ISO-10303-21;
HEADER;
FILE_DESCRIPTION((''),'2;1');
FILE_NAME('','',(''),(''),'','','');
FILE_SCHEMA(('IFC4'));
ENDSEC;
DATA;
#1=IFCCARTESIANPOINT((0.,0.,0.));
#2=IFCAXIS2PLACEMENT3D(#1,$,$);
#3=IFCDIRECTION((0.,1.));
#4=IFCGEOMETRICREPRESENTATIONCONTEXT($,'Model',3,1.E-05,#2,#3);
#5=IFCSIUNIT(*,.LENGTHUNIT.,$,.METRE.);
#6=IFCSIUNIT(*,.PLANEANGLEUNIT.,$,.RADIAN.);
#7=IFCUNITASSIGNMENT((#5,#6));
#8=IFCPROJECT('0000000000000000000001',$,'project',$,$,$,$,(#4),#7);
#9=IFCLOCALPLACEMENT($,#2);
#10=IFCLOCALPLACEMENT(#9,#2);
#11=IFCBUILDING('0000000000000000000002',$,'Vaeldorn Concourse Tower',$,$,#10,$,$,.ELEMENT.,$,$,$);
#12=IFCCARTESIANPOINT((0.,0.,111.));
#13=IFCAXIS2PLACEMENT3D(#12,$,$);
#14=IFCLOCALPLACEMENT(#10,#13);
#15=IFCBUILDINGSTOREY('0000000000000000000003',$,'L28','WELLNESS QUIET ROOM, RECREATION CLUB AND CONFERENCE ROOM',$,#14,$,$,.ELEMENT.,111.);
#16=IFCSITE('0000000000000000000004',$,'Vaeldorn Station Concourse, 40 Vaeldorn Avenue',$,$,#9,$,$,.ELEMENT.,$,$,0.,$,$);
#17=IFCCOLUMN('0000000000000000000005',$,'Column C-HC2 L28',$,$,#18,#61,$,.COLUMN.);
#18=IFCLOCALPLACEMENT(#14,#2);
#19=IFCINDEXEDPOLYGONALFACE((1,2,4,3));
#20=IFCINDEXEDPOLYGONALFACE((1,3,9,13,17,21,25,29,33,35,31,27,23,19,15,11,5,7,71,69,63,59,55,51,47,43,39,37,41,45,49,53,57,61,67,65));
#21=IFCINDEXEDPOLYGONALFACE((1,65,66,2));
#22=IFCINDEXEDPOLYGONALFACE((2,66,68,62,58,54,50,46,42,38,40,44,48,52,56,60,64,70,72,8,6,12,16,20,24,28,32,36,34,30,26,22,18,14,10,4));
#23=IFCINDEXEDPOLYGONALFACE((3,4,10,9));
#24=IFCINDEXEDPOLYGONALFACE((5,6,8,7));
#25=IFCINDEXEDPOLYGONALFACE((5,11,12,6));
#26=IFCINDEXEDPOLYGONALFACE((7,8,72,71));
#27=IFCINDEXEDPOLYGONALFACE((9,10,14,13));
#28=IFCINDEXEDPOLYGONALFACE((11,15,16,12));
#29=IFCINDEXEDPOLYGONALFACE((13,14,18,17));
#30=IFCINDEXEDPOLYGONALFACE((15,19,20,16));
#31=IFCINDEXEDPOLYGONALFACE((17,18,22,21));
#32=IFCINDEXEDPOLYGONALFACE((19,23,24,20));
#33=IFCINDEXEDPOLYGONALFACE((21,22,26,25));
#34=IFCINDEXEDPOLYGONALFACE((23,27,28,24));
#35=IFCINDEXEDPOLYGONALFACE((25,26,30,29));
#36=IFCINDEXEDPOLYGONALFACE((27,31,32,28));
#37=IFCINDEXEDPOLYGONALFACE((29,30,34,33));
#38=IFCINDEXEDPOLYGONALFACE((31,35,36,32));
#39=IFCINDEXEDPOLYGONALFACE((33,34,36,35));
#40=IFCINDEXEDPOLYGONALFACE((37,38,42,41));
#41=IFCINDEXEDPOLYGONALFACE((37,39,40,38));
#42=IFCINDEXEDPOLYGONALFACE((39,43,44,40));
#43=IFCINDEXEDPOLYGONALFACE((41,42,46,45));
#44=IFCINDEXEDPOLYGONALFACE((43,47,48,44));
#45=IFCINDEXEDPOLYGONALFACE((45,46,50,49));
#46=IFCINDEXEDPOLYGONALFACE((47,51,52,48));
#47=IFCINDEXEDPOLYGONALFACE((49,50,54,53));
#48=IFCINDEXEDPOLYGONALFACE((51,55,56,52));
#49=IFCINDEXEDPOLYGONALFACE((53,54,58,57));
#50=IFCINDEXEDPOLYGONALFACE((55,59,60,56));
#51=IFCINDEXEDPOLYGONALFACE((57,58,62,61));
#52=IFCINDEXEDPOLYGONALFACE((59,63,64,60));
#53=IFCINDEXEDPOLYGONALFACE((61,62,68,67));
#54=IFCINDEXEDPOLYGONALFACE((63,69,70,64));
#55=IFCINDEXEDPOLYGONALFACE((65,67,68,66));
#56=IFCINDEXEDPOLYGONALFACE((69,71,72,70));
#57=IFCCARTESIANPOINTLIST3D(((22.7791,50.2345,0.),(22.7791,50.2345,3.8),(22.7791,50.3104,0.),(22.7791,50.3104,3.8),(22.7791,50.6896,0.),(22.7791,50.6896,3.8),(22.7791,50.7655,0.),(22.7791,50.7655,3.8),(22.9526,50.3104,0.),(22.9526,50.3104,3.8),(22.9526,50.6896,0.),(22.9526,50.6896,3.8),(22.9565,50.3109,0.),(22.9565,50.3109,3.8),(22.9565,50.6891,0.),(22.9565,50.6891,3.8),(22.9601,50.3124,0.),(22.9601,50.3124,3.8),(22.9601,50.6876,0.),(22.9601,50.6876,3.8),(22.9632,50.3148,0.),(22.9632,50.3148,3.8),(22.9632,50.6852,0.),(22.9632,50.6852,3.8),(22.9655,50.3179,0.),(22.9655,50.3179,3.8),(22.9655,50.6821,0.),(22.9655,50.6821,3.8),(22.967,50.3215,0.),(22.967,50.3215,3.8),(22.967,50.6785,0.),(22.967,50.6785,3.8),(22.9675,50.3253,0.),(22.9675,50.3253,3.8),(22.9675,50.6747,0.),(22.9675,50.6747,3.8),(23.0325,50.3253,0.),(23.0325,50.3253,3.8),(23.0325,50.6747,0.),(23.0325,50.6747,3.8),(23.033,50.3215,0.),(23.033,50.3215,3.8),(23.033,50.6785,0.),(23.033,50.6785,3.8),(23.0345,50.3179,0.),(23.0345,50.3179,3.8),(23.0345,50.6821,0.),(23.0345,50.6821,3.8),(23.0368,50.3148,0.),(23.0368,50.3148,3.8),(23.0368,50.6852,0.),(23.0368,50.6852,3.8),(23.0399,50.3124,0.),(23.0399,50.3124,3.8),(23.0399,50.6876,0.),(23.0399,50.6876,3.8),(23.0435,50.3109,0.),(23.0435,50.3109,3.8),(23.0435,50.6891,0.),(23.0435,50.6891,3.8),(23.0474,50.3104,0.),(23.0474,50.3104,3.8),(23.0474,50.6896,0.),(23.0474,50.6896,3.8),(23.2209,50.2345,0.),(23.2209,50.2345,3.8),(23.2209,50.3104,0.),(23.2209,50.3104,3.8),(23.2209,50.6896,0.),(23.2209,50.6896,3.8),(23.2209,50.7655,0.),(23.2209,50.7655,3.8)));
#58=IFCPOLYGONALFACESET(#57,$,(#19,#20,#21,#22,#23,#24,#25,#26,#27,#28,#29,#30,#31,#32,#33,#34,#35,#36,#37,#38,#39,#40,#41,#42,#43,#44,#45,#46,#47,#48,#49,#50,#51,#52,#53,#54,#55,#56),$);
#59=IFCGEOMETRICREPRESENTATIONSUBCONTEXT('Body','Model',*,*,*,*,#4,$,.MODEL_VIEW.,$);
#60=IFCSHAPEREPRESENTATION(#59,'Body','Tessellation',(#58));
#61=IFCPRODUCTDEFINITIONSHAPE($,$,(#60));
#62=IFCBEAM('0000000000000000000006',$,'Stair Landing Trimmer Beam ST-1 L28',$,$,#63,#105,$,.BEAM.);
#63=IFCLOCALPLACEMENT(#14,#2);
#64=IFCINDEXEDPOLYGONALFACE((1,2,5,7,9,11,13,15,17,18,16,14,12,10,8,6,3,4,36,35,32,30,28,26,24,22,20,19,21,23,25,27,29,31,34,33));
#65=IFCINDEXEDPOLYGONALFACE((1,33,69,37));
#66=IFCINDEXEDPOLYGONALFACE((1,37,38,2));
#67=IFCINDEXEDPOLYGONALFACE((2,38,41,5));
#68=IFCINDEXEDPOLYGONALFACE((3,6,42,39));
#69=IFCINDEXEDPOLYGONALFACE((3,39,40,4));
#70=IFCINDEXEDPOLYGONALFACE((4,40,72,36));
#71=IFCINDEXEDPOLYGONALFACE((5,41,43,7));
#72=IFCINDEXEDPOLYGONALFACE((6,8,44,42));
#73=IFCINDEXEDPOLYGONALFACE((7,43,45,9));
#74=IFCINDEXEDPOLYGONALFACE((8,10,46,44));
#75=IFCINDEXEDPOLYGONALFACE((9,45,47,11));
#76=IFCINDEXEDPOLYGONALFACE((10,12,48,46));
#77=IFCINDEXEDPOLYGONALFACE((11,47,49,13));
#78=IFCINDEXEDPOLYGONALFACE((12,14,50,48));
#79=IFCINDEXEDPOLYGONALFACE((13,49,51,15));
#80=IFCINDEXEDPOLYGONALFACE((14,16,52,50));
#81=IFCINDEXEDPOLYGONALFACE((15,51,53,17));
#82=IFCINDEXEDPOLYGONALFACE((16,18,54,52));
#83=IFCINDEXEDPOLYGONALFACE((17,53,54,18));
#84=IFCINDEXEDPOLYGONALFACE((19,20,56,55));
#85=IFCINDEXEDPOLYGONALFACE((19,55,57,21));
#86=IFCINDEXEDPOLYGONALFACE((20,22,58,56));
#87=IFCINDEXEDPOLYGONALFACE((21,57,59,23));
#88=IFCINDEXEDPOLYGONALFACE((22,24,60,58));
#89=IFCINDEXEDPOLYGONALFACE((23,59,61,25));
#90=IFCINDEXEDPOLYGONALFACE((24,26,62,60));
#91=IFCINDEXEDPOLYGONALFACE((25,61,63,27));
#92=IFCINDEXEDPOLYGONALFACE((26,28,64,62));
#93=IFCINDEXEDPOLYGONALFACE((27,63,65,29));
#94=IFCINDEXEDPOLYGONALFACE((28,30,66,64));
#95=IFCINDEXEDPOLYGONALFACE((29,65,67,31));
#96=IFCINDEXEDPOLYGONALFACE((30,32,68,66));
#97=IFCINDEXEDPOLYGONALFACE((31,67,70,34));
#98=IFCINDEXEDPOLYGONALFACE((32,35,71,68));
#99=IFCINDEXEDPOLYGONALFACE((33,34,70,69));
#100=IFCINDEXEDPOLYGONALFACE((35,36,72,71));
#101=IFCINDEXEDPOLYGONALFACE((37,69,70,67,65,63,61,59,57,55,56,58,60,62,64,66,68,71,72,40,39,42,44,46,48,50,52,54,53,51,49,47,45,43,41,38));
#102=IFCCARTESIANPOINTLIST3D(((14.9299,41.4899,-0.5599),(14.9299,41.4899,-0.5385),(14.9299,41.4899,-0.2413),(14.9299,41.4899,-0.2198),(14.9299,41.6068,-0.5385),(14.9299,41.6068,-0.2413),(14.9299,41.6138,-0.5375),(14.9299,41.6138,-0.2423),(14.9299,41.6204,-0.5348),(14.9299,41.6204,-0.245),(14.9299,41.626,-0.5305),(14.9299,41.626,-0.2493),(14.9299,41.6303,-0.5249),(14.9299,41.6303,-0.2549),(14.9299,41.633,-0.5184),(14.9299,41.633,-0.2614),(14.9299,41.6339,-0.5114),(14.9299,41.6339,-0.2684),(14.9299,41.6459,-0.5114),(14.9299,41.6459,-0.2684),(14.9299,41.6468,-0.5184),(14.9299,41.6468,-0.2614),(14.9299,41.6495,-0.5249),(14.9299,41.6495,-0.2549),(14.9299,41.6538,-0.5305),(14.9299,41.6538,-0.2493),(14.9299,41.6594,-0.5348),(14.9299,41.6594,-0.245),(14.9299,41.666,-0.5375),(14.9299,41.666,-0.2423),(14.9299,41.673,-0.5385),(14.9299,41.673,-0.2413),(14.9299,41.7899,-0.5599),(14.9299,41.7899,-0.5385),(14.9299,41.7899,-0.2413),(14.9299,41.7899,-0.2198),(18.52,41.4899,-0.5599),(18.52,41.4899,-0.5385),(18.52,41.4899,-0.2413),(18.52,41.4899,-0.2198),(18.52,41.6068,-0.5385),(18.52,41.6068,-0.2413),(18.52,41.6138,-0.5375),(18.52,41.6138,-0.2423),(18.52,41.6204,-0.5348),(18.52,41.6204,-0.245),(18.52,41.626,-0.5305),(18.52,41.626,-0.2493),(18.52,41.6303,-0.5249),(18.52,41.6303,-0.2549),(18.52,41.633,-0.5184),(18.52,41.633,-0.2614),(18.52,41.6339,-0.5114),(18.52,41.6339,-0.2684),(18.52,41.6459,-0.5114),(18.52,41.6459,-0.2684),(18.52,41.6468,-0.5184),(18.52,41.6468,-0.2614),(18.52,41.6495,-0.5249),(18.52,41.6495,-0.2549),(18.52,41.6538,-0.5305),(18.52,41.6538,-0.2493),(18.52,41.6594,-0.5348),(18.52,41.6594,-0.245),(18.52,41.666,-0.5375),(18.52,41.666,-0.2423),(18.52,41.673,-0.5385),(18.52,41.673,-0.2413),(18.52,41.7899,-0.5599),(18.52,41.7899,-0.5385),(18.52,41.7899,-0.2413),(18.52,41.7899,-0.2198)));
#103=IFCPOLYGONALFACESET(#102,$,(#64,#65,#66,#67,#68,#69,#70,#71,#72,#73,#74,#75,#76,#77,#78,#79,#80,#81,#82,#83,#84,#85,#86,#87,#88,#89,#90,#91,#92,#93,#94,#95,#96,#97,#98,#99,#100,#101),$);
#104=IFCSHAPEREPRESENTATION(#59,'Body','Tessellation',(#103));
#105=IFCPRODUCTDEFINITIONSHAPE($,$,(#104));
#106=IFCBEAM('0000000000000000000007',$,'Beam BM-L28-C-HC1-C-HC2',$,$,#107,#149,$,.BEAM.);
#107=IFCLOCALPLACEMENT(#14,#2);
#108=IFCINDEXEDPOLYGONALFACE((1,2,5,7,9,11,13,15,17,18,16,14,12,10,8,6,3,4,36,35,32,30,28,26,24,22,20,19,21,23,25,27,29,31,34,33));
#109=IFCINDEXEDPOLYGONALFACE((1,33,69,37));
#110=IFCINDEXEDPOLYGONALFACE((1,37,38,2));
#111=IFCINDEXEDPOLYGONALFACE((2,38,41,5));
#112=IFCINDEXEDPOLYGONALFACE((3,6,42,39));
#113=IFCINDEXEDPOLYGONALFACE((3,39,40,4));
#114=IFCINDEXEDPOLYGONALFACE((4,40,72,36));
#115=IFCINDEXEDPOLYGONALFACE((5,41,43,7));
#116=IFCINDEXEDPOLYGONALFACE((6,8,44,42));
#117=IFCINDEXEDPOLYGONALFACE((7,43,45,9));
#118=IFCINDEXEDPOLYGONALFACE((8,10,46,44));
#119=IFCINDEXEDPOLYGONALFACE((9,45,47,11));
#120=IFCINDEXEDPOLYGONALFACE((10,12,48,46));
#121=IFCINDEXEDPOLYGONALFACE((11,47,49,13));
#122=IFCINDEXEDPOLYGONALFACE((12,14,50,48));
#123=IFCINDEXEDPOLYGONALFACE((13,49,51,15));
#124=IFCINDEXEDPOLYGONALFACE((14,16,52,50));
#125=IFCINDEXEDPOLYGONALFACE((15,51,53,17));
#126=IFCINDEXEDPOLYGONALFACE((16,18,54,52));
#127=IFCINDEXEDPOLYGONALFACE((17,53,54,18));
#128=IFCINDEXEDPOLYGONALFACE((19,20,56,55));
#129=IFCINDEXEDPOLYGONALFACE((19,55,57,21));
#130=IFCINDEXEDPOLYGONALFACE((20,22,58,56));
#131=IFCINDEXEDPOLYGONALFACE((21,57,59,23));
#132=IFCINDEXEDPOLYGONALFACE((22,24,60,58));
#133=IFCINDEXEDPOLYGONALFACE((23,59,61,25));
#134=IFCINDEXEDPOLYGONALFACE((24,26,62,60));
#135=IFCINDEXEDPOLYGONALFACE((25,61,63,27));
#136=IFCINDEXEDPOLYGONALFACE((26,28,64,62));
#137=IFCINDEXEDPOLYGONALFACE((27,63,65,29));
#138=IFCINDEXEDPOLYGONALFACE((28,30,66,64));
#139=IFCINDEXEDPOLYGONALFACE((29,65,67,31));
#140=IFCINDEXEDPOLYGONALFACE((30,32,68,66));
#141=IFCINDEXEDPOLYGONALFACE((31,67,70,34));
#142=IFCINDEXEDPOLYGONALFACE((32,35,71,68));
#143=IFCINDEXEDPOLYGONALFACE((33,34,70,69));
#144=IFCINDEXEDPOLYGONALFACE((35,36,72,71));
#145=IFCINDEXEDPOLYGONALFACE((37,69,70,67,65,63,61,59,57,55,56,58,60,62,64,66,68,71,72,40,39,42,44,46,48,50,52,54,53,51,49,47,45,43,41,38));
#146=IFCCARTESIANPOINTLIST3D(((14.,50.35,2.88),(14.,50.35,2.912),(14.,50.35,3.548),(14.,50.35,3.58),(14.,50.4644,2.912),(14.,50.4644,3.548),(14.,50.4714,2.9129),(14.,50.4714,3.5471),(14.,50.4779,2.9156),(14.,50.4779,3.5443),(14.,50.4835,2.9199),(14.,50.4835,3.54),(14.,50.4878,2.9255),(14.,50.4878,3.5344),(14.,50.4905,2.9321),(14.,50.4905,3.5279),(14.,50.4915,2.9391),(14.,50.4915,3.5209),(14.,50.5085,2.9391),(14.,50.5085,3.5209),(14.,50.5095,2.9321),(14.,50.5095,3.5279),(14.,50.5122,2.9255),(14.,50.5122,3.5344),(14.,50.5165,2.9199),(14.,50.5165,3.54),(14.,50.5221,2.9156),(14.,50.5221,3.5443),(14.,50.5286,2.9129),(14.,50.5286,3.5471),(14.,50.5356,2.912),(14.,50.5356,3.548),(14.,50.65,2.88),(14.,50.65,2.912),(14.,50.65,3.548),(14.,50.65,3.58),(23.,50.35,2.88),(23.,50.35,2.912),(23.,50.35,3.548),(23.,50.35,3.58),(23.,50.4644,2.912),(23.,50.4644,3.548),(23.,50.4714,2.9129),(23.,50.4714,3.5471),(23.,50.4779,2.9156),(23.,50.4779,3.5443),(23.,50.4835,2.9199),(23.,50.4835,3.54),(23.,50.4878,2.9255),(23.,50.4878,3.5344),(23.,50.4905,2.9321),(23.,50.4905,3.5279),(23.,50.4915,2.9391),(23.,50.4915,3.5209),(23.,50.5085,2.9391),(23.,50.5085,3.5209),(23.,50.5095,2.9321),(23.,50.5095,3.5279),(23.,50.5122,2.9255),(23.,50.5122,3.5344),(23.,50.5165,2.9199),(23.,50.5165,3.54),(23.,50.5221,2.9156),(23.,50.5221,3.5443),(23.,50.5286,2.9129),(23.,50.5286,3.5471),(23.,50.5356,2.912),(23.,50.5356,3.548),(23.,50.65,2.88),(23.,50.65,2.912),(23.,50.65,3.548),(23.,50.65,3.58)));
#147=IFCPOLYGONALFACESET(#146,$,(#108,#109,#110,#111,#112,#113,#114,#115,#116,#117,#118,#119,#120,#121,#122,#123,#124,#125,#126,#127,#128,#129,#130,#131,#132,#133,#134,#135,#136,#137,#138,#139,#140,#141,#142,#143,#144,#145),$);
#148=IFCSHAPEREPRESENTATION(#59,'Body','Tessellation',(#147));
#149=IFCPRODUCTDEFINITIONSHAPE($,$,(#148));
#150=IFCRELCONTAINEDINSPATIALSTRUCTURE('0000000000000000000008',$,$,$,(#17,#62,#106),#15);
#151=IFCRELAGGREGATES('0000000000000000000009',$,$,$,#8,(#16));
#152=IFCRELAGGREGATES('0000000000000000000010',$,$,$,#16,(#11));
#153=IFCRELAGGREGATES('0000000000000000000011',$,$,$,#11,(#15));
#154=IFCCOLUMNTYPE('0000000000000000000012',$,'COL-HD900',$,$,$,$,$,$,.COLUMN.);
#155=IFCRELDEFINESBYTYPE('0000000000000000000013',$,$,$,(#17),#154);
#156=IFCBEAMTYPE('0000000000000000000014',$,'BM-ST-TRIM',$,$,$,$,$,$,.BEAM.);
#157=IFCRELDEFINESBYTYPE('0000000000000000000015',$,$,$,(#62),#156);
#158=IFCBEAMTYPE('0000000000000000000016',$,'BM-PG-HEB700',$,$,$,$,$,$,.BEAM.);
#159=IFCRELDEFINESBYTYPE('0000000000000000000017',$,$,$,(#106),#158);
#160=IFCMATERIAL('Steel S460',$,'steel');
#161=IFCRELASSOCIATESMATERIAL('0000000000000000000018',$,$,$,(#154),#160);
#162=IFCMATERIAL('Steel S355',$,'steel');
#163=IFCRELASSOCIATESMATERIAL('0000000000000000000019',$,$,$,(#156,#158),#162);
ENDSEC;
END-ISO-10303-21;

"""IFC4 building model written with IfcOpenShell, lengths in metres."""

from ifc_helpers import new_model, si_unit, direction, frame, origin, origin_2d, place, context, subcontext, project, spatial, i_section, extrude, source, transform, mapped, material, material_profile, profile_set, type_object, element, save


model = new_model("IFC4")

# Units and contexts
model_context = context("Model", 3, precision=1e-05, world=origin(), true_north=direction((0.0, 1.0)))
body_context = subcontext(model_context, "Body", "Model", "MODEL_VIEW")
ifc_project = project(units=[si_unit("LENGTHUNIT", "METRE"), si_unit("PLANEANGLEUNIT", "RADIAN")], contexts=[model_context])

# Site, building, storey
site_placement = place(None, origin())
site = spatial("IfcSite", under=ifc_project, at=site_placement, Name="Vaeldorn Station Concourse, 40 Vaeldorn Avenue", CompositionType="ELEMENT", RefElevation=0.0)
building_placement = place(site_placement, origin())
building = spatial("IfcBuilding", under=site, at=building_placement, Name="Vaeldorn Concourse Tower", CompositionType="ELEMENT")
storey_placement = place(building_placement, frame((0.0, 0.0, 111.0)))
storey = spatial("IfcBuildingStorey", under=building, at=storey_placement, Name="L28", Description="WELLNESS QUIET ROOM, RECREATION CLUB AND CONFERENCE ROOM", CompositionType="ELEMENT", Elevation=111.0)

# Column
ifc_material_1 = material(Name="Steel S460", Category="steel")
ifc_material_profile_1 = material_profile(ifc_material_1, i_section(OverallWidth=0.4419, OverallDepth=0.531, WebThickness=0.0649, FlangeThickness=0.0759, FilletRadius=0.0149, at=origin_2d()), Name="HD 400x900")
ifc_profile_set_1 = profile_set([ifc_material_profile_1], Name="Steel S460")
column_type = type_object("IfcColumnType", Name="COL-HD900", PredefinedType="COLUMN", material=ifc_profile_set_1)
shared_shape_1 = source(origin(), body_context, "Body", "SweptSolid", [
    extrude(i_section(OverallWidth=0.4419, OverallDepth=0.531, WebThickness=0.0649, FlangeThickness=0.0759, FilletRadius=0.0149, at=origin_2d()), origin(), (0.0, 0.0, 1.0), 3.8),
])
column_placement = place(storey_placement, frame((23.0, 50.5, 0.0), z_axis=(0.0, 0.0, 1.0), x_axis=(1.0, 0.0, 0.0)))
element("IfcColumn", 1, at=column_placement, inside=storey, type_object=column_type, Name="Column C-HC2 L28", PredefinedType="COLUMN", context=body_context, shape_type="MappedRepresentation", body=[
    mapped(shared_shape_1, transform((0.0, 0.0, 0.0), scale=1.0)),
])

# Beams
ifc_material_2 = material(Name="Steel S355", Category="steel")
ifc_material_profile_2 = material_profile(ifc_material_2, i_section(OverallWidth=0.3, OverallDepth=0.3401, WebThickness=0.012, FlangeThickness=0.0215, FilletRadius=0.0271, at=origin_2d()), Name="HEB 340")
ifc_profile_set_2 = profile_set([ifc_material_profile_2], Name="Steel S355")
beam_type_1 = type_object("IfcBeamType", Name="BM-ST-TRIM", PredefinedType="BEAM", material=ifc_profile_set_2)
shared_shape_2 = source(origin(), body_context, "Body", "SweptSolid", [
    extrude(i_section(OverallWidth=0.3, OverallDepth=0.3401, WebThickness=0.012, FlangeThickness=0.0215, FilletRadius=0.0271, at=origin_2d()), origin(), (0.0, 0.0, 1.0), 3.5901),
])
beam_1_placement = place(storey_placement, frame((14.9299, 41.6399, -0.3899), z_axis=(1.0, 0.0, 0.0), x_axis=(0.0, 1.0, 0.0)))
element("IfcBeam", 2, at=beam_1_placement, inside=storey, type_object=beam_type_1, Name="Stair Landing Trimmer Beam ST-1 L28", PredefinedType="BEAM", context=body_context, shape_type="MappedRepresentation", body=[
    mapped(shared_shape_2, transform((0.0, 0.0, 0.0), scale=1.0)),
])
ifc_material_profile_3 = material_profile(ifc_material_2, i_section(OverallWidth=0.3, OverallDepth=0.7, WebThickness=0.0171, FlangeThickness=0.032, FilletRadius=0.0271, at=origin_2d()), Name="HEB 700")
ifc_profile_set_3 = profile_set([ifc_material_profile_3], Name="Steel S355")
beam_type_2 = type_object("IfcBeamType", Name="BM-PG-HEB700", PredefinedType="BEAM", material=ifc_profile_set_3)
shared_shape_3 = source(origin(), body_context, "Body", "SweptSolid", [
    extrude(i_section(OverallWidth=0.3, OverallDepth=0.7, WebThickness=0.0171, FlangeThickness=0.032, FilletRadius=0.0271, at=origin_2d()), origin(), (0.0, 0.0, 1.0), 9.0),
])
beam_2_placement = place(storey_placement, frame((14.0, 50.5, 3.23), z_axis=(1.0, 0.0, 0.0), x_axis=(0.0, 1.0, 0.0)))
element("IfcBeam", 3, at=beam_2_placement, inside=storey, type_object=beam_type_2, Name="Beam BM-L28-C-HC1-C-HC2", PredefinedType="BEAM", context=body_context, shape_type="MappedRepresentation", body=[
    mapped(shared_shape_3, transform((0.0, 0.0, 0.0), scale=1.0)),
])

save(model, "model.ifc")
